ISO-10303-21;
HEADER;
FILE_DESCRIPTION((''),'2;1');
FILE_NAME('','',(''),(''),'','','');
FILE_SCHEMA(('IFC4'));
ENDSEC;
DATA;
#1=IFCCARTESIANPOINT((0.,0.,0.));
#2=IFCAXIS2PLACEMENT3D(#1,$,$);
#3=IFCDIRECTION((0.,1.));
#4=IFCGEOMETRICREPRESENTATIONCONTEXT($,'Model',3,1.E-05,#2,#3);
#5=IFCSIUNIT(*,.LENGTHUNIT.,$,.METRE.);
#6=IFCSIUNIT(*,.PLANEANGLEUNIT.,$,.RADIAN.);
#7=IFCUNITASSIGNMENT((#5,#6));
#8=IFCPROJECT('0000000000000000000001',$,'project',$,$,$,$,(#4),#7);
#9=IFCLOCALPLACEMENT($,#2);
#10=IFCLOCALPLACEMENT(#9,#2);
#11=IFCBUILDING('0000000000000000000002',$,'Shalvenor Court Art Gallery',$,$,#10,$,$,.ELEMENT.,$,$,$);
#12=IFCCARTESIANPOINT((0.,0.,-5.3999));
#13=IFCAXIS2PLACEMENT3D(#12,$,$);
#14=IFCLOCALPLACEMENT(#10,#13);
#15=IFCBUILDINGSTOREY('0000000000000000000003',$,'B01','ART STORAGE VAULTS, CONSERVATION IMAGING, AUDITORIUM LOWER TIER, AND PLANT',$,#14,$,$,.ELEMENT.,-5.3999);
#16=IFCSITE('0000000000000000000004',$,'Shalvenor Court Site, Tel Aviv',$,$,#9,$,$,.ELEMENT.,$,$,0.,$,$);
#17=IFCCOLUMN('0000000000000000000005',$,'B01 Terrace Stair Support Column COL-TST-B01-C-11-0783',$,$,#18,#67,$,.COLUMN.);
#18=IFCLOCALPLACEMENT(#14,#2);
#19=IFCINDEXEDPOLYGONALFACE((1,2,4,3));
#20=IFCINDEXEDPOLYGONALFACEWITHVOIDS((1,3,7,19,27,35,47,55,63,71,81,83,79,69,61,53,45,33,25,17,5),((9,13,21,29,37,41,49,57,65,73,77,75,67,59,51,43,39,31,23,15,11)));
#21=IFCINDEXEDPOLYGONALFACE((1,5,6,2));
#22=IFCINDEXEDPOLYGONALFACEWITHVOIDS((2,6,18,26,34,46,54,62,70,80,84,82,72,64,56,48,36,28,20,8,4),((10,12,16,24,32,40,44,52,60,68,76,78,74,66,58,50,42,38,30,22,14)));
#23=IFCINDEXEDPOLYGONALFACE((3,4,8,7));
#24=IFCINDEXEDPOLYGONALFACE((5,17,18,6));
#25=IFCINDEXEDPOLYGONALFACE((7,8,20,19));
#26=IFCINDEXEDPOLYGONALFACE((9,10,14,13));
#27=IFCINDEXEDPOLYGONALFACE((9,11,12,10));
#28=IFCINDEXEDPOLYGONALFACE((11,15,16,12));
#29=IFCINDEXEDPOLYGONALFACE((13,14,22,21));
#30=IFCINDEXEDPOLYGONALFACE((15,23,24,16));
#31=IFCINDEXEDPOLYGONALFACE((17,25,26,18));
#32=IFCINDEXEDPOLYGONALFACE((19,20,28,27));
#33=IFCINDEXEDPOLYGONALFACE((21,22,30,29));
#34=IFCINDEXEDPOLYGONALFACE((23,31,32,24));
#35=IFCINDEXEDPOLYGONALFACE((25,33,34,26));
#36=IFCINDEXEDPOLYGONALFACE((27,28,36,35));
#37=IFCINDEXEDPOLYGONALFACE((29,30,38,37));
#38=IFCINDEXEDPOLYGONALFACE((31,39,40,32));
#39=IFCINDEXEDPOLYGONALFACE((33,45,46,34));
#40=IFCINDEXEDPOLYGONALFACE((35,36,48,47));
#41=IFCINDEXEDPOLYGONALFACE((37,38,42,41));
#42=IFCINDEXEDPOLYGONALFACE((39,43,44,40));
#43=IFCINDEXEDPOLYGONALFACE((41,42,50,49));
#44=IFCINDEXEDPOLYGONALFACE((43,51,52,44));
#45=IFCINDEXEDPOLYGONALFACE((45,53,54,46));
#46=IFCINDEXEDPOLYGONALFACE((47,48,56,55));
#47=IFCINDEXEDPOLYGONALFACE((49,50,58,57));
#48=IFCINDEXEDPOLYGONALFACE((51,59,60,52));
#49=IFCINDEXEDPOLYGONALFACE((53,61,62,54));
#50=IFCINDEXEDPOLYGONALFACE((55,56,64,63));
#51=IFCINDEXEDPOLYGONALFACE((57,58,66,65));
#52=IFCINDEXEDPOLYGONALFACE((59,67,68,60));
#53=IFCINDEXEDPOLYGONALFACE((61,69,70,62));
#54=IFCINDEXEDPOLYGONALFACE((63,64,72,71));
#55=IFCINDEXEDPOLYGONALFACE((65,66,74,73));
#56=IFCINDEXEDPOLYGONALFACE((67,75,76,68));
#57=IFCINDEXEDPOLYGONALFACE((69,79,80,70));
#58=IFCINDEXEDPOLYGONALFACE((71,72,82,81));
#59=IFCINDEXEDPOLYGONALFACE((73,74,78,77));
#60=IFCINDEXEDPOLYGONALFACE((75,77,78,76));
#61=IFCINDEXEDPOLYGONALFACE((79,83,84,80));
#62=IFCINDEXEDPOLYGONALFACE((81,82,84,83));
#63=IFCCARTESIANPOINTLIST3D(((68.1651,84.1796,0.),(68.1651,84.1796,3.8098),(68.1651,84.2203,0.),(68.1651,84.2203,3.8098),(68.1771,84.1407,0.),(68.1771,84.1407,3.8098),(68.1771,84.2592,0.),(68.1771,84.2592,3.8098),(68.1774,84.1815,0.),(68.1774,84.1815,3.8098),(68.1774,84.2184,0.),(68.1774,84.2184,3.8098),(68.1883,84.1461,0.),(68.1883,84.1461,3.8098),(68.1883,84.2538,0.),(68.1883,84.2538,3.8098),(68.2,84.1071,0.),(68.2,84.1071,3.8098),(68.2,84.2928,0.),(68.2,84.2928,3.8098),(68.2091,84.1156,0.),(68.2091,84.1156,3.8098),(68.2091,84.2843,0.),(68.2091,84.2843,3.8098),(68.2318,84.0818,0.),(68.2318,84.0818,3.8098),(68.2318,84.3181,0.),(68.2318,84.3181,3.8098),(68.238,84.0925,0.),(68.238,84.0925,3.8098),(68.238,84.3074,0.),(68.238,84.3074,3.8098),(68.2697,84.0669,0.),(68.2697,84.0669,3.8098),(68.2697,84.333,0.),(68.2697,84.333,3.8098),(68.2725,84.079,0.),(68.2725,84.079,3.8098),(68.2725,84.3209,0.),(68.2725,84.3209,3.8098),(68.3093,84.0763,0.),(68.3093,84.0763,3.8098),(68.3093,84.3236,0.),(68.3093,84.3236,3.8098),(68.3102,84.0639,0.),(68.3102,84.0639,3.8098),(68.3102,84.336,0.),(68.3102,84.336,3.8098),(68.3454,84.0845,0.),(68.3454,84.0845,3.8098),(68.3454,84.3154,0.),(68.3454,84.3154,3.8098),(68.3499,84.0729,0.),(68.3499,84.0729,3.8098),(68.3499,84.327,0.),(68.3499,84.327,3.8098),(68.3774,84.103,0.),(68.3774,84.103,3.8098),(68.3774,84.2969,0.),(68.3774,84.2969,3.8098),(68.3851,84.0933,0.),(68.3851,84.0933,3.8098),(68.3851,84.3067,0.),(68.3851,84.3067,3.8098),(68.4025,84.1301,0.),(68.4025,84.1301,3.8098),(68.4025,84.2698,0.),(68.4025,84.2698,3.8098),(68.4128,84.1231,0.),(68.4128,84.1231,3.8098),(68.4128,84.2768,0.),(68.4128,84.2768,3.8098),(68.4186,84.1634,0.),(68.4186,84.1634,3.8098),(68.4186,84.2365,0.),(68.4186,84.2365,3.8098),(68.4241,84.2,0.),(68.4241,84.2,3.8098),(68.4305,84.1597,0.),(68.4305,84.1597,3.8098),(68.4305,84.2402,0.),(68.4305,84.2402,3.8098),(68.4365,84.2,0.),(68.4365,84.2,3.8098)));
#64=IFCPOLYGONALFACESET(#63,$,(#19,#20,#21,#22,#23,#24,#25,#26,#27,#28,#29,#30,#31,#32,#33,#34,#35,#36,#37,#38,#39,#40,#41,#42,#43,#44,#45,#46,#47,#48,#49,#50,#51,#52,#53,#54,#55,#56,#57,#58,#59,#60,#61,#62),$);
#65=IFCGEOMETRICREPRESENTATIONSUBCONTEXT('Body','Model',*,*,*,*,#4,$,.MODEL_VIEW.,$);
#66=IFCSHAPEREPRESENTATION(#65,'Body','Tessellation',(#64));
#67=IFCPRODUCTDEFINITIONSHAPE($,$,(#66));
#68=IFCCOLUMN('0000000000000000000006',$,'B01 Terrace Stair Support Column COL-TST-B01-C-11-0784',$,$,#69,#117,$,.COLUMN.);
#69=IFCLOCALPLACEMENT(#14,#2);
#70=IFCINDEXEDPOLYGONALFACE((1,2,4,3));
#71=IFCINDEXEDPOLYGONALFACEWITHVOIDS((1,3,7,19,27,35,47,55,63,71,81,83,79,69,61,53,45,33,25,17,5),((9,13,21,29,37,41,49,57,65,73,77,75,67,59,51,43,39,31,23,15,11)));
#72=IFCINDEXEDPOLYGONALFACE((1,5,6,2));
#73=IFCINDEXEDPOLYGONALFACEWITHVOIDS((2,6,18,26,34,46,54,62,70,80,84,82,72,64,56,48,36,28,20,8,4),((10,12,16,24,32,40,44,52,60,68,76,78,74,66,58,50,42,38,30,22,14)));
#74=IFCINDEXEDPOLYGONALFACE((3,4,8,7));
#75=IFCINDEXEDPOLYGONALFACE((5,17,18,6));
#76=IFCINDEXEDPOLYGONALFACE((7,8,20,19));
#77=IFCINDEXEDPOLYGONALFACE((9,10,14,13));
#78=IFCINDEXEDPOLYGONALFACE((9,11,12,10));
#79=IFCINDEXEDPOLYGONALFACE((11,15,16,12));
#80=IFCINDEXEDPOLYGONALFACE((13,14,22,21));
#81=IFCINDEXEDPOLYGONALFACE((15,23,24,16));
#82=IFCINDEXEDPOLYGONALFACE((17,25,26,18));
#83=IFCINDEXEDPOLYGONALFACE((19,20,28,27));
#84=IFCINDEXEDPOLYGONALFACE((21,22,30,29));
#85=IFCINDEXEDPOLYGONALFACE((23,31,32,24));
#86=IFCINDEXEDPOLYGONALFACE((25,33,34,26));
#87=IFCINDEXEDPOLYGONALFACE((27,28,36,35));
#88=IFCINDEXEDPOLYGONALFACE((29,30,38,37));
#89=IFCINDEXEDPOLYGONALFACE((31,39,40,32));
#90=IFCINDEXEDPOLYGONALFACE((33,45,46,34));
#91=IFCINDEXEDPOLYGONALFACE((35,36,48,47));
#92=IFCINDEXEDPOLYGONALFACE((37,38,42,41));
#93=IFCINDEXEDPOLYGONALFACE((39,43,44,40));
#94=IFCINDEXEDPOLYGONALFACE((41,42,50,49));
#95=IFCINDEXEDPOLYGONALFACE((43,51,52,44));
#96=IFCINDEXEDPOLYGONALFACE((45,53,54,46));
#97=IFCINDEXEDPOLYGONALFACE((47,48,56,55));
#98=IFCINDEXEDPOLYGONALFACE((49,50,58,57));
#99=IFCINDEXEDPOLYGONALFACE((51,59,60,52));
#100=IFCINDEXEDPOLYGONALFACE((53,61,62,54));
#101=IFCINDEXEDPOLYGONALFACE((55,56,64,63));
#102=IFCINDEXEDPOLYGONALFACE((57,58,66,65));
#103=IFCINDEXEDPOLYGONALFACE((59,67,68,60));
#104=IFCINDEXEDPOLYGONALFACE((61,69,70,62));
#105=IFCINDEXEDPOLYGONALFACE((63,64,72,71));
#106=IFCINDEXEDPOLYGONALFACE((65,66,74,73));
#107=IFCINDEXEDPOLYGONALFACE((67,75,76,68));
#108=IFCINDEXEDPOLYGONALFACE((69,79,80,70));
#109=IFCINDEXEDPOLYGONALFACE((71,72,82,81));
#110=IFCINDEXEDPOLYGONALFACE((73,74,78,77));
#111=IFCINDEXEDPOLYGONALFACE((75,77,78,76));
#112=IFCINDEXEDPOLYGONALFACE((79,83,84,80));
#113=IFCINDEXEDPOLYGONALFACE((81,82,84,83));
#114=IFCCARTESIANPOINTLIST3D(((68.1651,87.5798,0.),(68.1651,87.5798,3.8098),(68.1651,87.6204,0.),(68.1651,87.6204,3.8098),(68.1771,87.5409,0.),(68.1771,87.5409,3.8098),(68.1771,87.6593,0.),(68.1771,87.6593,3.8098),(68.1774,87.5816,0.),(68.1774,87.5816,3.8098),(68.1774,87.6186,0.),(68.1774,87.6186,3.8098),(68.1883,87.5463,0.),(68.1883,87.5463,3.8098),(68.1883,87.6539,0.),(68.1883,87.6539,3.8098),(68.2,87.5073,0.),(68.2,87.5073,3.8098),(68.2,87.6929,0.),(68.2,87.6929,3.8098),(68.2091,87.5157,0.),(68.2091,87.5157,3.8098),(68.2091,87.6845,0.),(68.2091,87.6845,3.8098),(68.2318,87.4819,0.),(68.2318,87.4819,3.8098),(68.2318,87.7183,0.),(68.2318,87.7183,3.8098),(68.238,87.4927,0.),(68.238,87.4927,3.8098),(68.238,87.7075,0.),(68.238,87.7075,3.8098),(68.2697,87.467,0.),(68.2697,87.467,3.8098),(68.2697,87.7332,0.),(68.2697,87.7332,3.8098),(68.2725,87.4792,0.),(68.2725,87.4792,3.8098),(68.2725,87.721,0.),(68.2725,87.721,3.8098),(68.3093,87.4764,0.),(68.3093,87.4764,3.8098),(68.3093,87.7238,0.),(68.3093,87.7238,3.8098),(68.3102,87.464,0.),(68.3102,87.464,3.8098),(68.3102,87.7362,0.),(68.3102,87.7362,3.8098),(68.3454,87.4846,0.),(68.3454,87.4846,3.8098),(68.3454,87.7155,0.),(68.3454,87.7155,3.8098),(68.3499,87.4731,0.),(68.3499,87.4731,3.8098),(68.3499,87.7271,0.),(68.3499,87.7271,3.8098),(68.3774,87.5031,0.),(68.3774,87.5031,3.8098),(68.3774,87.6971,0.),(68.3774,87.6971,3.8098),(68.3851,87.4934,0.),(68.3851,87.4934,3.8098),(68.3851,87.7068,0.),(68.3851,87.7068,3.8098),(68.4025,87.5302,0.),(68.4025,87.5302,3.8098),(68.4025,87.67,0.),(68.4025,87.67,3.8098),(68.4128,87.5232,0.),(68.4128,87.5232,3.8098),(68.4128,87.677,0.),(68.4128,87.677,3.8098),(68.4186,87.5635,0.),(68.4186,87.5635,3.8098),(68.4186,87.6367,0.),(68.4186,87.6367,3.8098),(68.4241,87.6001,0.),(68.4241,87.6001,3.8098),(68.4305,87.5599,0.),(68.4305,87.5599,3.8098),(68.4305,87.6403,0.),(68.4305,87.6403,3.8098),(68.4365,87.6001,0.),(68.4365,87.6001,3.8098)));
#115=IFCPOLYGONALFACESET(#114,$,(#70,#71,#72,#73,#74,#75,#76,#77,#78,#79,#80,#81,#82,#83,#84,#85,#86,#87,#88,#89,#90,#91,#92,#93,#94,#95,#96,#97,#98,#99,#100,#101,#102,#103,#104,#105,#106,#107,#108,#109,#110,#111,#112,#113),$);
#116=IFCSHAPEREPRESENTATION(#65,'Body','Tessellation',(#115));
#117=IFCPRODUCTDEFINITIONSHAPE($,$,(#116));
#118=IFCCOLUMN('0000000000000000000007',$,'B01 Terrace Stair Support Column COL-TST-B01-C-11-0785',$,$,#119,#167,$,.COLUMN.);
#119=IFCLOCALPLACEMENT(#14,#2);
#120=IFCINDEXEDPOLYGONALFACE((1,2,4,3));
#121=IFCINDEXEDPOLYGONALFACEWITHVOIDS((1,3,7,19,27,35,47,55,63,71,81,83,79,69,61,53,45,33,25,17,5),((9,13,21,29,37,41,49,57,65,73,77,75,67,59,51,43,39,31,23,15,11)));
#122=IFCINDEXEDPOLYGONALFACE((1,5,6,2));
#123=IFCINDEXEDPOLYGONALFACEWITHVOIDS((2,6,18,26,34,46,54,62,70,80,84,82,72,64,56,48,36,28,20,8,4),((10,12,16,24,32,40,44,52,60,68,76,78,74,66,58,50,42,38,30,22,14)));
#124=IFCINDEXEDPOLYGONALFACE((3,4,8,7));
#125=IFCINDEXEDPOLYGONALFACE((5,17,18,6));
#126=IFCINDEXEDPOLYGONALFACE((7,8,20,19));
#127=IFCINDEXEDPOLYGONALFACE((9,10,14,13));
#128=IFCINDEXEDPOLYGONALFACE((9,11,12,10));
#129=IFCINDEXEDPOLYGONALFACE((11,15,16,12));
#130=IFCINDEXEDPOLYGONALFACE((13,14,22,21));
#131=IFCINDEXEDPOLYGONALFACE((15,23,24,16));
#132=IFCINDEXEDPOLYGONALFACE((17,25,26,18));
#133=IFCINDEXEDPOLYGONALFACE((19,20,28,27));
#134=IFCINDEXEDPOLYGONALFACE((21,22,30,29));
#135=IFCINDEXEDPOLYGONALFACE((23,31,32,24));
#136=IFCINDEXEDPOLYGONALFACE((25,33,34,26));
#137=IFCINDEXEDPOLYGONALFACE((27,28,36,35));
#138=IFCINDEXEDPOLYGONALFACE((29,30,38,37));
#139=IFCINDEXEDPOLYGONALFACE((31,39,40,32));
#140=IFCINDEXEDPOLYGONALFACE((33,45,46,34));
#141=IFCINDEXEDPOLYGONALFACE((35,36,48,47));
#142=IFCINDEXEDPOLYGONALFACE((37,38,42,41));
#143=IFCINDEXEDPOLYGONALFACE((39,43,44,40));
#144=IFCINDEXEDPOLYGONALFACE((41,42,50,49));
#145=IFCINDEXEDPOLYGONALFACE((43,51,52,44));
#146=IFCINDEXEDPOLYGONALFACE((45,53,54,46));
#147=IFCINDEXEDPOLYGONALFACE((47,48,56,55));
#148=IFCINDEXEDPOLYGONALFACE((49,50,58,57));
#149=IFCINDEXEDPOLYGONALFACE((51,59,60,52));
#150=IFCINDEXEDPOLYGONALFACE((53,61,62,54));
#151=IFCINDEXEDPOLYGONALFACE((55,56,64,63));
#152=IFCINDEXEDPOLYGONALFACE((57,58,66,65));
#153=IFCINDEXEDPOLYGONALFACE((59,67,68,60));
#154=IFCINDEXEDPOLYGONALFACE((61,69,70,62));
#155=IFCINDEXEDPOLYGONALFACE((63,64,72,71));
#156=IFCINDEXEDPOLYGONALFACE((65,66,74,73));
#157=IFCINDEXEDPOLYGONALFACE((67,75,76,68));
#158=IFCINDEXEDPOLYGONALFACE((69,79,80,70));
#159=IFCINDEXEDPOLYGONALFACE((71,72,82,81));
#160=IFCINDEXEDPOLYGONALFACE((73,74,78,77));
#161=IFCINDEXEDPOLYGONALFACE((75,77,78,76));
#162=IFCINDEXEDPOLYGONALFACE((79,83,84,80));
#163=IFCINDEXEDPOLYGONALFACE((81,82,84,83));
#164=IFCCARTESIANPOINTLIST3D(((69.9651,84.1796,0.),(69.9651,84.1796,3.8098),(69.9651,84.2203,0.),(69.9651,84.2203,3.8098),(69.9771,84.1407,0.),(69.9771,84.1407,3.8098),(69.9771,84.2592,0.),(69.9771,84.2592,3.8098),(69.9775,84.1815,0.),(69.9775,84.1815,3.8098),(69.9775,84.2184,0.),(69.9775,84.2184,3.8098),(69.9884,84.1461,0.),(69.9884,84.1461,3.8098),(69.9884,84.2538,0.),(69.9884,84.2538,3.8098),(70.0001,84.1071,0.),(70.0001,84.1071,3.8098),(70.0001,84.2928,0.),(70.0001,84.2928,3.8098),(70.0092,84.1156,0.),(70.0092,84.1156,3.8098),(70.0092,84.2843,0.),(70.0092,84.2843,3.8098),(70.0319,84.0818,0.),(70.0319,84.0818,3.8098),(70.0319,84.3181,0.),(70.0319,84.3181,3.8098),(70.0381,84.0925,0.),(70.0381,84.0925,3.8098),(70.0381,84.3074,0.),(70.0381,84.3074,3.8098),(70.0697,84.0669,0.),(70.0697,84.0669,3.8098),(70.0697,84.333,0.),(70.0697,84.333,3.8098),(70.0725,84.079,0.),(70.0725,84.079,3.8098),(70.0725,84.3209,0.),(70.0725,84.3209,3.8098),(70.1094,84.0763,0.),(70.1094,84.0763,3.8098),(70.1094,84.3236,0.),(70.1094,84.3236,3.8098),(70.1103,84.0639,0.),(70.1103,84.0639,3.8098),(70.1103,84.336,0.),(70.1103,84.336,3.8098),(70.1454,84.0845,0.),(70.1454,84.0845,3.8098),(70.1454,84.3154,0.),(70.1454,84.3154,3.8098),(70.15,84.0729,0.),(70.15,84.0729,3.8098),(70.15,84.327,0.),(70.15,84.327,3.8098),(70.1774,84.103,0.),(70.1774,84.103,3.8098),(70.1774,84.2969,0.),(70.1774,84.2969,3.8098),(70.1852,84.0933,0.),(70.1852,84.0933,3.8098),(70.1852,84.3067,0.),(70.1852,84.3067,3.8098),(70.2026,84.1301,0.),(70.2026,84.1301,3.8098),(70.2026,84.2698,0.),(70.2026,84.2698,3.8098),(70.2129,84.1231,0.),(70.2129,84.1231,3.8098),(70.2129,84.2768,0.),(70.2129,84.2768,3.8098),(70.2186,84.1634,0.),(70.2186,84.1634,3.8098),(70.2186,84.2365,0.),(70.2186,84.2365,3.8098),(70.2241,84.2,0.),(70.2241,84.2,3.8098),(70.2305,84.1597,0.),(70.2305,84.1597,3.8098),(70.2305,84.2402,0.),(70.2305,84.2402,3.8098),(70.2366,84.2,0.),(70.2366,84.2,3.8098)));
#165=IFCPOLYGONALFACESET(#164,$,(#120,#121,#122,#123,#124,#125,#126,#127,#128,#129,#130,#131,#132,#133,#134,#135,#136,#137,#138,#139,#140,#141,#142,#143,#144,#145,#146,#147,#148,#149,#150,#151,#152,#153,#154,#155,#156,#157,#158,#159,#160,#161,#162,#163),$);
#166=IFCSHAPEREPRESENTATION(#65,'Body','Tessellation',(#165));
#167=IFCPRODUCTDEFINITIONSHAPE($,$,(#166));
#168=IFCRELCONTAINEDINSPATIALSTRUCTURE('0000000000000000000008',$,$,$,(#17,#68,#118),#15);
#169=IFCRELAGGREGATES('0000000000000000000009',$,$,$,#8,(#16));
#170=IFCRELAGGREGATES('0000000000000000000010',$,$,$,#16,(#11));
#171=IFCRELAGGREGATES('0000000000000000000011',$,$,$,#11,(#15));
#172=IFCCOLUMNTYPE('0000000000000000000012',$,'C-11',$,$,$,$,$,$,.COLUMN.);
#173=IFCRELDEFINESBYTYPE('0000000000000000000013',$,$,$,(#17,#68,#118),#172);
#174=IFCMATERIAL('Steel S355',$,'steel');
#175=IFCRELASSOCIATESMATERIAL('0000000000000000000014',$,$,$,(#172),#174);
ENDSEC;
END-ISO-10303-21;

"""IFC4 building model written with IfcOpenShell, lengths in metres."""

from ifc_helpers import new_model, si_unit, direction, frame, origin, origin_2d, place, context, subcontext, project, spatial, hollow_circle, extrude, material, material_profile, profile_set, type_object, element, save


model = new_model("IFC4")

# Units and contexts
model_context = context("Model", 3, precision=1e-05, world=origin(), true_north=direction((0.0, 1.0)))
body_context = subcontext(model_context, "Body", "Model", "MODEL_VIEW")
ifc_project = project(units=[si_unit("LENGTHUNIT", "METRE"), si_unit("PLANEANGLEUNIT", "RADIAN")], contexts=[model_context])

# Site, building, storey
site_placement = place(None, origin())
site = spatial("IfcSite", under=ifc_project, at=site_placement, Name="Shalvenor Court Site, Tel Aviv", CompositionType="ELEMENT", RefElevation=0.0)
building_placement = place(site_placement, origin())
building = spatial("IfcBuilding", under=site, at=building_placement, Name="Shalvenor Court Art Gallery", CompositionType="ELEMENT")
storey_placement = place(building_placement, frame((0.0, 0.0, -5.3999)))
storey = spatial("IfcBuildingStorey", under=building, at=storey_placement, Name="B01", Description="ART STORAGE VAULTS, CONSERVATION IMAGING, AUDITORIUM LOWER TIER, AND PLANT", CompositionType="ELEMENT", Elevation=-5.3999)

# Columns
ifc_material_1 = material(Name="Steel S355", Category="steel")
ifc_material_profile_1 = material_profile(ifc_material_1, hollow_circle(Radius=0.1365, WallThickness=0.0125, at=origin_2d()), Name="CHS 273.0x12.5")
ifc_profile_set_1 = profile_set([ifc_material_profile_1], Name="Steel S355")
column_type = type_object("IfcColumnType", Name="C-11", PredefinedType="COLUMN", material=ifc_profile_set_1)
for number, where, z_axis, x_axis, name in (
    (1, (68.3, 84.2, 0.0), (0.0, 0.0, 1.0), (1.0, 0.0, 0.0), "B01 Terrace Stair Support Column COL-TST-B01-C-11-0783"),
    (2, (68.3, 87.6001, 0.0), (0.0, 0.0, 1.0), (1.0, 0.0, 0.0), "B01 Terrace Stair Support Column COL-TST-B01-C-11-0784"),
    (3, (70.1001, 84.2, 0.0), (0.0, 0.0, 1.0), (1.0, 0.0, 0.0), "B01 Terrace Stair Support Column COL-TST-B01-C-11-0785"),
):
    element("IfcColumn", number, at=place(storey_placement, frame(where, z_axis=z_axis, x_axis=x_axis)), inside=storey, type_object=column_type, Name=name, PredefinedType="COLUMN", context=body_context, shape_type="SweptSolid", body=[
        extrude(hollow_circle(Radius=0.1365, WallThickness=0.0125, at=origin_2d()), origin(), (0.0, 0.0, 1.0), 3.8098),
    ])

save(model, "model.ifc")
